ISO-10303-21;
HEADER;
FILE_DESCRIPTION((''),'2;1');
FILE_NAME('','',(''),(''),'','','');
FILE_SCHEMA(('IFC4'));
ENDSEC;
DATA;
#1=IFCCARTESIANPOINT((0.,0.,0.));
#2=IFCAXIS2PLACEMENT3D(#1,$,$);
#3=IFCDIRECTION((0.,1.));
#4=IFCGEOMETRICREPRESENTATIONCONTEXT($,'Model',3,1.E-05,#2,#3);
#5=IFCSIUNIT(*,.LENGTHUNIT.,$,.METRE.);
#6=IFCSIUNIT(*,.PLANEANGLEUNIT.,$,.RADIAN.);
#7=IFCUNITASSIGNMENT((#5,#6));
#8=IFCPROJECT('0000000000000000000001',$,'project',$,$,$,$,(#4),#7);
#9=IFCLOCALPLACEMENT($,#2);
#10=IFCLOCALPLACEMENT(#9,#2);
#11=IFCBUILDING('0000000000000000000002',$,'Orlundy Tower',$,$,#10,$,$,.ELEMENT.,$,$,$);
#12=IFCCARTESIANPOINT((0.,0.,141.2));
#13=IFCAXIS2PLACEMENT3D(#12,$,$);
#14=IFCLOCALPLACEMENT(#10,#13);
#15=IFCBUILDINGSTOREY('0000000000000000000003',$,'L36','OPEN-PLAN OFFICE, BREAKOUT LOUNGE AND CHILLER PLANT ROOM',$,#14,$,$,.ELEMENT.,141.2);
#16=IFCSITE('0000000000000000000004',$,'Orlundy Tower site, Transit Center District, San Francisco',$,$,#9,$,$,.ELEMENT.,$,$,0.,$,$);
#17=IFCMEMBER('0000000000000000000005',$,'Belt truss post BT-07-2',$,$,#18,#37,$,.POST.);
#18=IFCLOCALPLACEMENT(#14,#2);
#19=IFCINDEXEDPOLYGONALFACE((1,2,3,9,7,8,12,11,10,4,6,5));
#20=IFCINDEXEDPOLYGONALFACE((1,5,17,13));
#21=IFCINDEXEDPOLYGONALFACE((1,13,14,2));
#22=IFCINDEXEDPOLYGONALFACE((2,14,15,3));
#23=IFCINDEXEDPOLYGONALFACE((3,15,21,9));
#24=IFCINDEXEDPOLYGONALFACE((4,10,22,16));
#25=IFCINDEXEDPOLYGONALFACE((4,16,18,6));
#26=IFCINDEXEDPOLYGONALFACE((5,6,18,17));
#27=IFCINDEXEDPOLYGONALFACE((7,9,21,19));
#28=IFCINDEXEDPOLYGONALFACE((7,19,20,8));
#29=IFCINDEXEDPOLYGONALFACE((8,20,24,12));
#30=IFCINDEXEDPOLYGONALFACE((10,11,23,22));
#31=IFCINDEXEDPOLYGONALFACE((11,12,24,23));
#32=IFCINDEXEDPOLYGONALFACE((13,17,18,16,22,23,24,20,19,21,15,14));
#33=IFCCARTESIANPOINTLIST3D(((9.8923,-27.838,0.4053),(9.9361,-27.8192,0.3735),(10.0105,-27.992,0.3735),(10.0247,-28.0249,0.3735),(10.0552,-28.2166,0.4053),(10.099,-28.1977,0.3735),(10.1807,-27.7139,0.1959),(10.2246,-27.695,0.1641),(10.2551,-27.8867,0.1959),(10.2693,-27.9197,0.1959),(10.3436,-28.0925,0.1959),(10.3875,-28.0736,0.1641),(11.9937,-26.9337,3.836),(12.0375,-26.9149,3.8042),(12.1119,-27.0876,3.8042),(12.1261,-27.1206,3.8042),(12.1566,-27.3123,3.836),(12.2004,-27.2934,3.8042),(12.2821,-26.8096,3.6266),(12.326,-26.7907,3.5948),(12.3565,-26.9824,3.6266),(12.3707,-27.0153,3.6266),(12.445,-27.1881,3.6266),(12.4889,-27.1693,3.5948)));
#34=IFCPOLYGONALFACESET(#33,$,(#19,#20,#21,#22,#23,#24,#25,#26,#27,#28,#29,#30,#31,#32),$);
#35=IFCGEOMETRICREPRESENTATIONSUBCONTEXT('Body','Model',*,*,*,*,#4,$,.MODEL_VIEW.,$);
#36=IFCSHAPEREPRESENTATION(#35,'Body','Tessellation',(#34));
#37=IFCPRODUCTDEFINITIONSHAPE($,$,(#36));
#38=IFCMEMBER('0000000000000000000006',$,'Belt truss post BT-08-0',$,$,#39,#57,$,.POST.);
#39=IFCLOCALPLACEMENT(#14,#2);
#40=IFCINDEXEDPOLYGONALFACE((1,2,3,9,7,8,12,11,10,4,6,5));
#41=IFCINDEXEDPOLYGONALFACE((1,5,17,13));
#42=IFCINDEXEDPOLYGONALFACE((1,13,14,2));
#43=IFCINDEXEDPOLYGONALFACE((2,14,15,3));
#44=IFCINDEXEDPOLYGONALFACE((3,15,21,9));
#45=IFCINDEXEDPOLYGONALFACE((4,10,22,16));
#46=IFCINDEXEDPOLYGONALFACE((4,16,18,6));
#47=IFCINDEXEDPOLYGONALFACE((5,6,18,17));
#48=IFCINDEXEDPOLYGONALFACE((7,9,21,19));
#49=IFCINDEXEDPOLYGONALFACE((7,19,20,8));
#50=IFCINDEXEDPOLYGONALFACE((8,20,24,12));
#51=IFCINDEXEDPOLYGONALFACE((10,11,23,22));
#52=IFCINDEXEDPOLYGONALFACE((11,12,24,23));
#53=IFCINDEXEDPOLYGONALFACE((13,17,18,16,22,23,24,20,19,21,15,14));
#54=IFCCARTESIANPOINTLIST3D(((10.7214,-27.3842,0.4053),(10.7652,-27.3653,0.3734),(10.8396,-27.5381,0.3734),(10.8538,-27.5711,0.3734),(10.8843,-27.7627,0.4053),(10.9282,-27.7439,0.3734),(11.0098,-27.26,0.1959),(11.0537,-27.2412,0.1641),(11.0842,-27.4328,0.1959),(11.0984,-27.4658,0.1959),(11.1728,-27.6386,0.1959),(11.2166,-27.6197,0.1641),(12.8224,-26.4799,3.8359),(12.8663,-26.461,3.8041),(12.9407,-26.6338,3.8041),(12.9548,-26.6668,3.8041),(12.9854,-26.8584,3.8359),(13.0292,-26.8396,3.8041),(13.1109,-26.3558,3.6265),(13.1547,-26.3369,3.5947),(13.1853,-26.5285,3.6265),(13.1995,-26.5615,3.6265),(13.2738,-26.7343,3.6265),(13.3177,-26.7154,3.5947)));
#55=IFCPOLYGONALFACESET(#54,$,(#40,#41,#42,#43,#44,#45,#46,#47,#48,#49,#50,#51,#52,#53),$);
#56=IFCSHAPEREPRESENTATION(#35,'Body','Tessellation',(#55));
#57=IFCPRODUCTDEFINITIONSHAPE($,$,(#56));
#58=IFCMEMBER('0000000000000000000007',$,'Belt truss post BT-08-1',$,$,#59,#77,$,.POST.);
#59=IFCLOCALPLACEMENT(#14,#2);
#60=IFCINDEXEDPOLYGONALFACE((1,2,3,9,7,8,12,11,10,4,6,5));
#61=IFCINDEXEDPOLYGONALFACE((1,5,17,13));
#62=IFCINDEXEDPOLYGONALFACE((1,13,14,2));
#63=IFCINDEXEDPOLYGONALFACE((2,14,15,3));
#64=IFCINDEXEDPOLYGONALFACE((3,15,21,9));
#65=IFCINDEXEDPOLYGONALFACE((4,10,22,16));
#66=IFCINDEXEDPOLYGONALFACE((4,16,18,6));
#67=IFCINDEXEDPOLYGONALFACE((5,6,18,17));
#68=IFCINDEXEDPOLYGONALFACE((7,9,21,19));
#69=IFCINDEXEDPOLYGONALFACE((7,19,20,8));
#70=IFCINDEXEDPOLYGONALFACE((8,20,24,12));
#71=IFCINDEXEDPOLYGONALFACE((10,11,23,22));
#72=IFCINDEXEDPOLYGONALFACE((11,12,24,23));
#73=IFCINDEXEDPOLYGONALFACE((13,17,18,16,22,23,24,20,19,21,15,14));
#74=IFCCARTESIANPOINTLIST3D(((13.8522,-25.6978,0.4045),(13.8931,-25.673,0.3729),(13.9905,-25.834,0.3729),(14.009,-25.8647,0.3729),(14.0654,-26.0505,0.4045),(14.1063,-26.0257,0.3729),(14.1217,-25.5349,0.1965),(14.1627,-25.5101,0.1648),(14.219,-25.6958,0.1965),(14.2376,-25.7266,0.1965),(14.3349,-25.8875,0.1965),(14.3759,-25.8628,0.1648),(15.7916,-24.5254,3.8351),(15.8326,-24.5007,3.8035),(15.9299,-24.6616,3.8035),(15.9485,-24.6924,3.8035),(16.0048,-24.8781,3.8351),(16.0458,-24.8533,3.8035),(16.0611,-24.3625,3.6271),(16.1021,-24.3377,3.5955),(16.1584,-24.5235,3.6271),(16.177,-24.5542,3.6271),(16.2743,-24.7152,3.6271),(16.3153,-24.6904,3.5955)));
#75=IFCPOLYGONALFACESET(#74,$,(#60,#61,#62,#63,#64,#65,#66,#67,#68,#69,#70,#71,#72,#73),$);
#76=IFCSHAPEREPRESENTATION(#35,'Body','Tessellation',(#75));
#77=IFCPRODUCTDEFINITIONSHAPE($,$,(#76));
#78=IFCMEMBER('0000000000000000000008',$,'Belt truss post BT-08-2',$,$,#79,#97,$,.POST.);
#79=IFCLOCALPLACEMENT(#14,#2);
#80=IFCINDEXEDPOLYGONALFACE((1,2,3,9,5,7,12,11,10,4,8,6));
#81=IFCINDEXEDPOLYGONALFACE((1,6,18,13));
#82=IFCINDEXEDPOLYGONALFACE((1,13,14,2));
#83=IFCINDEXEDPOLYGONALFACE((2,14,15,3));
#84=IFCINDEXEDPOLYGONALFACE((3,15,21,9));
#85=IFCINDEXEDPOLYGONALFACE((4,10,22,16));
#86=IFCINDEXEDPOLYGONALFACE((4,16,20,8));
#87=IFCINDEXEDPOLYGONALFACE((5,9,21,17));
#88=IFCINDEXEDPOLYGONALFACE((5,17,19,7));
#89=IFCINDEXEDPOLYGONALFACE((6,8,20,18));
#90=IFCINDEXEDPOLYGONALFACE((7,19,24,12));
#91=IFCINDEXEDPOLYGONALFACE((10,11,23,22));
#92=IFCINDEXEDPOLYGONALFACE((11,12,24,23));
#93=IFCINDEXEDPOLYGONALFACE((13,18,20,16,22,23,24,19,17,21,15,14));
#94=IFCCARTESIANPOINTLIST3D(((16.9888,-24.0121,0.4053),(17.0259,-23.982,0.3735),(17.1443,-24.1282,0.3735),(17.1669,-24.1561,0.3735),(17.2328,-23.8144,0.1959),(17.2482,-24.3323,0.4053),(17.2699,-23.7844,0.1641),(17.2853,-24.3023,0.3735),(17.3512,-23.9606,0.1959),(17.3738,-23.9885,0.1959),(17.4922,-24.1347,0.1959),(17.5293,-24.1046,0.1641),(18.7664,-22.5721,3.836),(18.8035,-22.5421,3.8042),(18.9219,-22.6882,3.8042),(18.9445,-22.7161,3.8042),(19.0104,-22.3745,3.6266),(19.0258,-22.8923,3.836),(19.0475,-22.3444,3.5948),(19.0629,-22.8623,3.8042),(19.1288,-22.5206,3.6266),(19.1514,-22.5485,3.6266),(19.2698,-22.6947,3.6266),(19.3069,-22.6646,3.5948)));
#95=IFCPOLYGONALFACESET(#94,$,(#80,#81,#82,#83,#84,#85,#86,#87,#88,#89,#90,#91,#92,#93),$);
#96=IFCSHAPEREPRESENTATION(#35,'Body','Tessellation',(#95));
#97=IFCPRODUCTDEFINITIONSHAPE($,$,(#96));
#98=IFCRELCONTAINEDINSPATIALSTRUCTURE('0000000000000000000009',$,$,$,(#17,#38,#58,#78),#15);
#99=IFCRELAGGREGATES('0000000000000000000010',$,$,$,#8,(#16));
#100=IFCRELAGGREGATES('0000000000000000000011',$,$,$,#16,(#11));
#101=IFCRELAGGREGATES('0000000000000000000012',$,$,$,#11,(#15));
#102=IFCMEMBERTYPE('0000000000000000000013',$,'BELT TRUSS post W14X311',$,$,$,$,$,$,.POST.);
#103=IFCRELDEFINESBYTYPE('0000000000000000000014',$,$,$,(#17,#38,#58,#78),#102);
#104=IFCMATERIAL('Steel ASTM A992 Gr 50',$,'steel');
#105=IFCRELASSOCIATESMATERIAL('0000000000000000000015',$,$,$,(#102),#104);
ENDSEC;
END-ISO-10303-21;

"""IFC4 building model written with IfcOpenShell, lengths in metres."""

from ifc_helpers import new_model, si_unit, direction, frame, origin, origin_2d, place, context, subcontext, project, spatial, i_section, extrude, material, material_profile, profile_set, type_object, element, save


model = new_model("IFC4")

# Units and contexts
model_context = context("Model", 3, precision=1e-05, world=origin(), true_north=direction((0.0, 1.0)))
body_context = subcontext(model_context, "Body", "Model", "MODEL_VIEW")
ifc_project = project(units=[si_unit("LENGTHUNIT", "METRE"), si_unit("PLANEANGLEUNIT", "RADIAN")], contexts=[model_context])

# Site, building, storey
site_placement = place(None, origin())
site = spatial("IfcSite", under=ifc_project, at=site_placement, Name="Orlundy Tower site, Transit Center District, San Francisco", CompositionType="ELEMENT", RefElevation=0.0)
building_placement = place(site_placement, origin())
building = spatial("IfcBuilding", under=site, at=building_placement, Name="Orlundy Tower", CompositionType="ELEMENT")
storey_placement = place(building_placement, frame((0.0, 0.0, 141.2)))
storey = spatial("IfcBuildingStorey", under=building, at=storey_placement, Name="L36", Description="OPEN-PLAN OFFICE, BREAKOUT LOUNGE AND CHILLER PLANT ROOM", CompositionType="ELEMENT", Elevation=141.2)

# Members
ifc_material_1 = material(Name="Steel ASTM A992 Gr 50", Category="steel")
ifc_material_profile_1 = material_profile(ifc_material_1, i_section(OverallWidth=0.4121, OverallDepth=0.4348, WebThickness=0.0359, FlangeThickness=0.0574, at=origin_2d()), Name="W14X311")
ifc_profile_set_1 = profile_set([ifc_material_profile_1], Name="Steel ASTM A992 Gr 50")
member_type_1 = type_object("IfcMemberType", Name="BELT TRUSS post W14X311", PredefinedType="POST", material=ifc_profile_set_1)
member_1_placement = place(storey_placement, frame((10.1399, -27.9558, 0.2847), z_axis=(0.509603, 0.219306, 0.831991), x_axis=(-0.395297, 0.918553, 0.0)))
element("IfcMember", 1, at=member_1_placement, inside=storey, type_object=member_type_1, Name="Belt truss post BT-07-2", PredefinedType="POST", context=body_context, shape_type="SweptSolid", body=[
    extrude(i_section(OverallWidth=0.4121, OverallDepth=0.4348, WebThickness=0.0359, FlangeThickness=0.0574, at=origin_2d()), origin(), (0.0, 0.0, 1.0), 4.1235),
])
member_2_placement = place(storey_placement, frame((10.969, -27.502, 0.2847), z_axis=(0.50956, 0.219313, 0.832016), x_axis=(-0.395336, 0.918537, 0.0)))
element("IfcMember", 2, at=member_2_placement, inside=storey, type_object=member_type_1, Name="Belt truss post BT-08-0", PredefinedType="POST", context=body_context, shape_type="SweptSolid", body=[
    extrude(i_section(OverallWidth=0.4121, OverallDepth=0.4348, WebThickness=0.0359, FlangeThickness=0.0574, at=origin_2d()), origin(), (0.0, 0.0, 1.0), 4.1233),
])
member_3_placement = place(storey_placement, frame((14.114, -25.7803, 0.2847), z_axis=(0.471701, 0.285135, 0.834384), x_axis=(-0.517313, 0.855796, 0.0)))
element("IfcMember", 3, at=member_3_placement, inside=storey, type_object=member_type_1, Name="Belt truss post BT-08-1", PredefinedType="POST", context=body_context, shape_type="SweptSolid", body=[
    extrude(i_section(OverallWidth=0.4121, OverallDepth=0.4348, WebThickness=0.0359, FlangeThickness=0.0574, at=origin_2d()), origin(), (0.0, 0.0, 1.0), 4.1116),
])
member_4_placement = place(storey_placement, frame((17.259, -24.0583, 0.2847), z_axis=(0.431094, 0.349209, 0.831992), x_axis=(-0.629447, 0.777044, 0.0)))
element("IfcMember", 4, at=member_4_placement, inside=storey, type_object=member_type_1, Name="Belt truss post BT-08-2", PredefinedType="POST", context=body_context, shape_type="SweptSolid", body=[
    extrude(i_section(OverallWidth=0.4121, OverallDepth=0.4348, WebThickness=0.0359, FlangeThickness=0.0574, at=origin_2d()), origin(), (0.0, 0.0, 1.0), 4.1235),
])

save(model, "model.ifc")
